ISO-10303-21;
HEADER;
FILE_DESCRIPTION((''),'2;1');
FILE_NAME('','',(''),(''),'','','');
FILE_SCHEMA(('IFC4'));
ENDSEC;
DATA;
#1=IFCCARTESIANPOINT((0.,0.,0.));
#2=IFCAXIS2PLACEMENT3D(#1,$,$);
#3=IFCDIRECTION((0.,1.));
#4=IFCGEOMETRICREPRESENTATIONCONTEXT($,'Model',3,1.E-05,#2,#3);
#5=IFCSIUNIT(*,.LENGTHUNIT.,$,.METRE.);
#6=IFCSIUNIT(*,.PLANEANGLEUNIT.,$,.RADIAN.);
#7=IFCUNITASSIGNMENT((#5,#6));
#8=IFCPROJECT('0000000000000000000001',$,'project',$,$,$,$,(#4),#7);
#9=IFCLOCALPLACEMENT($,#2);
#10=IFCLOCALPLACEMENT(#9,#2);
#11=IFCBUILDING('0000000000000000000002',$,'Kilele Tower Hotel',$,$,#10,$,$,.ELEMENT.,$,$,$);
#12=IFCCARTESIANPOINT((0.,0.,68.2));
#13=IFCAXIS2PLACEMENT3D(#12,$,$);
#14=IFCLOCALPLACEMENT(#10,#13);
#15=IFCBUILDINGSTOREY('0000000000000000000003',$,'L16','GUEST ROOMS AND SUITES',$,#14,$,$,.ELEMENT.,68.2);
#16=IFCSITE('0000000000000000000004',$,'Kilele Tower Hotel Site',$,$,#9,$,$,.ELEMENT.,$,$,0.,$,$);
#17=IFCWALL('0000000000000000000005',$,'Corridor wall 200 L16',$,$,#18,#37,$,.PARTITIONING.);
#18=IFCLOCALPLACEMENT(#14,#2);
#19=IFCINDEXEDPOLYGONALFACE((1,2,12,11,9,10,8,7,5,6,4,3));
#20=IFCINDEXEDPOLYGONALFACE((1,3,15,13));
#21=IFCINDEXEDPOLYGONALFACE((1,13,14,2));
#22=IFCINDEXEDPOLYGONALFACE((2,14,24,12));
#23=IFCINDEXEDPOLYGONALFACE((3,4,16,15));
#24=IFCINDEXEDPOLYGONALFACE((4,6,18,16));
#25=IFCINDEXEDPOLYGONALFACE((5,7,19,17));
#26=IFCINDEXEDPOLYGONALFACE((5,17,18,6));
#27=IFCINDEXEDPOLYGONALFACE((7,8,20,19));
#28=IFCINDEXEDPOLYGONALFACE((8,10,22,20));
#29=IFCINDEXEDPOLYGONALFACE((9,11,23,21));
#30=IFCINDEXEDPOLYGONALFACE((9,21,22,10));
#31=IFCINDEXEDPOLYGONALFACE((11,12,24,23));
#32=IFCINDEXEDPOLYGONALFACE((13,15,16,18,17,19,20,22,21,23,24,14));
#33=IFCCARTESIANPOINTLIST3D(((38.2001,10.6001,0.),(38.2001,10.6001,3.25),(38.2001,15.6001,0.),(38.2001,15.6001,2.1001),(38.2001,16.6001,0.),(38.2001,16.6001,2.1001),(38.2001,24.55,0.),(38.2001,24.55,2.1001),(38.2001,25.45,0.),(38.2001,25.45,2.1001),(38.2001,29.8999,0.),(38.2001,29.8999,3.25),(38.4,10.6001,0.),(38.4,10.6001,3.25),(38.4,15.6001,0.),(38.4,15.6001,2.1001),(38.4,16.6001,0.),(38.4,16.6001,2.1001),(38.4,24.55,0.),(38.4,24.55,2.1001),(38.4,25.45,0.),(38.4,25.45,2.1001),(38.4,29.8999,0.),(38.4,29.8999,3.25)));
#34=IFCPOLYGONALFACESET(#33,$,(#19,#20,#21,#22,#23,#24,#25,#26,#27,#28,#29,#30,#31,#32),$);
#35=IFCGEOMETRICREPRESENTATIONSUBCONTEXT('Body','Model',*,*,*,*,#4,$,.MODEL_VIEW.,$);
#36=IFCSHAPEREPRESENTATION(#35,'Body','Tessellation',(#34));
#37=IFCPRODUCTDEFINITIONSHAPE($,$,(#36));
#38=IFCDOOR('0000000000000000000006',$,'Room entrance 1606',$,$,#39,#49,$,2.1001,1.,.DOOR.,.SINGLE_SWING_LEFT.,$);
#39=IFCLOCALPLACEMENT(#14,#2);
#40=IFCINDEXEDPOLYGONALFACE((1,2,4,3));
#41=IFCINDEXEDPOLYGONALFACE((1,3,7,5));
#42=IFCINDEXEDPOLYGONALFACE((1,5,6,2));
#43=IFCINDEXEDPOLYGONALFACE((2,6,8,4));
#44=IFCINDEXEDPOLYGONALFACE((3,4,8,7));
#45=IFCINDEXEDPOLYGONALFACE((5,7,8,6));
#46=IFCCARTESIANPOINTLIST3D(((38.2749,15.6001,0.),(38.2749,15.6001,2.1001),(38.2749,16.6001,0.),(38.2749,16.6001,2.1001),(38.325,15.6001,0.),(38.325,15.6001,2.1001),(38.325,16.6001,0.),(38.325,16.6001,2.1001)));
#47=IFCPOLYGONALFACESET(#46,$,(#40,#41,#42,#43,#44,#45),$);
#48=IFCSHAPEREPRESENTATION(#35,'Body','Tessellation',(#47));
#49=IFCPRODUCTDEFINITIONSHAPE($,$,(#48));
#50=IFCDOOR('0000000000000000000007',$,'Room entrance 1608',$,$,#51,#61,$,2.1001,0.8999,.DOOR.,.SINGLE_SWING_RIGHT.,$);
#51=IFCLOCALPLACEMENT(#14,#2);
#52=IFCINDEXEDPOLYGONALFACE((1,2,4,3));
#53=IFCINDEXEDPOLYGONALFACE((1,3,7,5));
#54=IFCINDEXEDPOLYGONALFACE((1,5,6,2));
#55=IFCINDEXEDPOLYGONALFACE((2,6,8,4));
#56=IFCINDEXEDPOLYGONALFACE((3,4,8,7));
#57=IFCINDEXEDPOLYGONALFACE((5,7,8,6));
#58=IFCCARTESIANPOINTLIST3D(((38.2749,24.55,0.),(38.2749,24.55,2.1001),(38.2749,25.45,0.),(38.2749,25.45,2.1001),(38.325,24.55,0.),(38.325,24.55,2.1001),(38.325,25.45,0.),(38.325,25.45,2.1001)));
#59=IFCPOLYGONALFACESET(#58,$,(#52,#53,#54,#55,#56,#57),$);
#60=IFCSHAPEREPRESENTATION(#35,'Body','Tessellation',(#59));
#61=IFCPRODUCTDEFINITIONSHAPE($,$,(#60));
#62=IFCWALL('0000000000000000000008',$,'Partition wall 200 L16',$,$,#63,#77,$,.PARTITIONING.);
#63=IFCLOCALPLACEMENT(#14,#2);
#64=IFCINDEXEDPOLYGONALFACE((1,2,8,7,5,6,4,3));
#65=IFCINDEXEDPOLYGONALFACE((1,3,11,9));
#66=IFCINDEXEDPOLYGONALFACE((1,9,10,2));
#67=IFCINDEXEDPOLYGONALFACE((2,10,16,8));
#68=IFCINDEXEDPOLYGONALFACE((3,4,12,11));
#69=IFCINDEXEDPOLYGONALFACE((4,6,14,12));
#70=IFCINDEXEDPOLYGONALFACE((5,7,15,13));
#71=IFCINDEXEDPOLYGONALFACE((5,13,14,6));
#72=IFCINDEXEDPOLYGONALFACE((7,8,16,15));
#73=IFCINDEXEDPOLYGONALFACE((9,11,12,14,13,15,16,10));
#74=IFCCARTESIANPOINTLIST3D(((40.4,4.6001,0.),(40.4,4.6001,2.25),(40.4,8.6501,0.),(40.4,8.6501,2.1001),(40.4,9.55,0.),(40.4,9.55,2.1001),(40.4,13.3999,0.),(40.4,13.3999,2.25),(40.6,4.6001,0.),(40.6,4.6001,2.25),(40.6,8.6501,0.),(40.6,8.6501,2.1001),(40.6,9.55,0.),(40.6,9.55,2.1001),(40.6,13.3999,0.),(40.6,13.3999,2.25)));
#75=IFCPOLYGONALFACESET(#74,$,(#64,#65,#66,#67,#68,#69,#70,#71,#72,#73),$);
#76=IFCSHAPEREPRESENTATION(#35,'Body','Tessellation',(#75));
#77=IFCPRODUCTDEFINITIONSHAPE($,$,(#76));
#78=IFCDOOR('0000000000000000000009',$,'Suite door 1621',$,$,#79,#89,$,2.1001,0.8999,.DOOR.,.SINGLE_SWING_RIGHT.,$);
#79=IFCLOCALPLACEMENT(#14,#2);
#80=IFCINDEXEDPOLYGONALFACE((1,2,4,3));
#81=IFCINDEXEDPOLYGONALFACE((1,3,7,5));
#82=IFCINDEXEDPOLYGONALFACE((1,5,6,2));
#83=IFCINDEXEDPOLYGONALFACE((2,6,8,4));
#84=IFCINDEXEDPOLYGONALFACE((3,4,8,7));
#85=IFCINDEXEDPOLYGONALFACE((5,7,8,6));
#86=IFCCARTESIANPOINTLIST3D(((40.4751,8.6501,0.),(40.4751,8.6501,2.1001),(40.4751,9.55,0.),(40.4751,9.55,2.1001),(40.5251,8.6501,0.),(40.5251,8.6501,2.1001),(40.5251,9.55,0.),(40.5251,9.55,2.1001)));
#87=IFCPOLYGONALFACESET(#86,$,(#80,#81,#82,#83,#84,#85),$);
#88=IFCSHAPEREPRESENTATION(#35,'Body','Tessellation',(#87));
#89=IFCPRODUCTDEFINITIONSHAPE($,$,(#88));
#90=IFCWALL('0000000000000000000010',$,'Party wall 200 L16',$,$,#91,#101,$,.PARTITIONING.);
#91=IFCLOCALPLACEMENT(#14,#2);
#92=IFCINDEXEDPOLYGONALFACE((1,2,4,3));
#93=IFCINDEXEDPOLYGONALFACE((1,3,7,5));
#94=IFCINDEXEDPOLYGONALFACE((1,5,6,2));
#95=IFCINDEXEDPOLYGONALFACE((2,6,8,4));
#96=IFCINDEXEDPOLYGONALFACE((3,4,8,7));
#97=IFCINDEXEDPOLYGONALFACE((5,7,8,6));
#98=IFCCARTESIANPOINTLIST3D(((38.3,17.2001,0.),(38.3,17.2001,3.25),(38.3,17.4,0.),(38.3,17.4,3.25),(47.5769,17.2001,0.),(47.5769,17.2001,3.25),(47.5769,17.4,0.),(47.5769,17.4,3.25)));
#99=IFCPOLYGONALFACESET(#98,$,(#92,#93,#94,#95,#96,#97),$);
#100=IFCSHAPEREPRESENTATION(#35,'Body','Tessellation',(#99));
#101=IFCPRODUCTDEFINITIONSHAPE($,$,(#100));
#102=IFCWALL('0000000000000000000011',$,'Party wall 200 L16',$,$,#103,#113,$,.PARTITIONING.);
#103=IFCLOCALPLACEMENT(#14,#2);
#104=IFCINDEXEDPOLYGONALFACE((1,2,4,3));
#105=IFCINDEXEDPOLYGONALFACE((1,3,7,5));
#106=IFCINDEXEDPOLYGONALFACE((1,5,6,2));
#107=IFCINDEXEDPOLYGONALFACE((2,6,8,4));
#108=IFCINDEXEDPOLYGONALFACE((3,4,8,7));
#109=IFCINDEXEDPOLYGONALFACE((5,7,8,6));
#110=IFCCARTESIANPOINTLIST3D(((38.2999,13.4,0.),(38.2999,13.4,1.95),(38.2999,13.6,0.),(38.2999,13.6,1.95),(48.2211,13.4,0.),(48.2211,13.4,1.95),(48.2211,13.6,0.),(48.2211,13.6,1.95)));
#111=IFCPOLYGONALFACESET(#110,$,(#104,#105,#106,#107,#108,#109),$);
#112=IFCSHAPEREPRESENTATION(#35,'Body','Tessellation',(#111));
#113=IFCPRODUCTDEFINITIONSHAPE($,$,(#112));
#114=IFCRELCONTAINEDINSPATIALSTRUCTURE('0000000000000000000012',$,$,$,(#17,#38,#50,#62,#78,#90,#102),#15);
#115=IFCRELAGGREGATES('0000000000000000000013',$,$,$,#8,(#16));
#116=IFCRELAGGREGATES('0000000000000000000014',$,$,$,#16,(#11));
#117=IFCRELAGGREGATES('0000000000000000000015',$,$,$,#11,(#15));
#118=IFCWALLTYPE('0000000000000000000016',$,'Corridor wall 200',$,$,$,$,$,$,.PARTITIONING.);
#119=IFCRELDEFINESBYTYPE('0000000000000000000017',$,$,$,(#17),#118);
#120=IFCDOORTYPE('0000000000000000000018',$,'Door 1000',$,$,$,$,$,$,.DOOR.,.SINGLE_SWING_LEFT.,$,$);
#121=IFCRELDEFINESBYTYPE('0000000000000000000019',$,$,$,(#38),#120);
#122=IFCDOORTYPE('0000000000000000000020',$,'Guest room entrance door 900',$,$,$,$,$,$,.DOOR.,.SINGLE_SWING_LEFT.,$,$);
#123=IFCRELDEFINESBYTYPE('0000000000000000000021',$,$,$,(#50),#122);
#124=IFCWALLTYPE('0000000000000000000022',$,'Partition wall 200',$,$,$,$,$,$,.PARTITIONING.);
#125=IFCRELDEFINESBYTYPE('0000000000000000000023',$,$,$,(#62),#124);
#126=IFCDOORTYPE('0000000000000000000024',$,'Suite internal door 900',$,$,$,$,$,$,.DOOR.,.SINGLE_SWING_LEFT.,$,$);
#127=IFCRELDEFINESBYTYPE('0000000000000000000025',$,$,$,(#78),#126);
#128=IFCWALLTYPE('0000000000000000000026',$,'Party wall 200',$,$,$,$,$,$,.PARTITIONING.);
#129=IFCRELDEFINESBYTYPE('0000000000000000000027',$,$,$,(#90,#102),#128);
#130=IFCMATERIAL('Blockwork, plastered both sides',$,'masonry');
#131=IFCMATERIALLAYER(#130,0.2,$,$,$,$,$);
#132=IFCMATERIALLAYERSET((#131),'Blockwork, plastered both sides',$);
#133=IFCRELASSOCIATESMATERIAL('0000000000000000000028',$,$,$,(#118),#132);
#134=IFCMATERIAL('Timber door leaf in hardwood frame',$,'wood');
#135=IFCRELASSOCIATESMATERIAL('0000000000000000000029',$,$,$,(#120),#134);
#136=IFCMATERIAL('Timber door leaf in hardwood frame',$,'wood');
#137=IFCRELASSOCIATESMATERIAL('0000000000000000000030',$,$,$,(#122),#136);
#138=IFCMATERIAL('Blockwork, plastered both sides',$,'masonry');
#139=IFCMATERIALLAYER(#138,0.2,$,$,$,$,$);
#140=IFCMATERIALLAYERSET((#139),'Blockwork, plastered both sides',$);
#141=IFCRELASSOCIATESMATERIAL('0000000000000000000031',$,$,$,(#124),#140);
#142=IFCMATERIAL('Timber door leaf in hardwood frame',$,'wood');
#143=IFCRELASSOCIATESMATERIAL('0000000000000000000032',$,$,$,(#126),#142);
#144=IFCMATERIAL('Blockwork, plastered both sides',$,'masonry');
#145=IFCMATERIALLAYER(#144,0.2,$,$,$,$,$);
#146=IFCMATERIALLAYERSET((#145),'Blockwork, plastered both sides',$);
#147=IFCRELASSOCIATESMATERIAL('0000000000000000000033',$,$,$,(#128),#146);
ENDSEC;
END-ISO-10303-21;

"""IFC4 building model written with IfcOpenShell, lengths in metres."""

from ifc_helpers import new_model, si_unit, direction, frame, frame_2d, origin, place, context, subcontext, project, spatial, rectangle, extrude, material, layer, layer_set, type_object, element, fill, save


model = new_model("IFC4")

# Units and contexts
model_context = context("Model", 3, precision=1e-05, world=origin(), true_north=direction((0.0, 1.0)))
body_context = subcontext(model_context, "Body", "Model", "MODEL_VIEW")
ifc_project = project(units=[si_unit("LENGTHUNIT", "METRE"), si_unit("PLANEANGLEUNIT", "RADIAN")], contexts=[model_context])

# Site, building, storey
site_placement = place(None, origin())
site = spatial("IfcSite", under=ifc_project, at=site_placement, Name="Kilele Tower Hotel Site", CompositionType="ELEMENT", RefElevation=0.0)
building_placement = place(site_placement, origin())
building = spatial("IfcBuilding", under=site, at=building_placement, Name="Kilele Tower Hotel", CompositionType="ELEMENT")
storey_placement = place(building_placement, frame((0.0, 0.0, 68.2)))
storey = spatial("IfcBuildingStorey", under=building, at=storey_placement, Name="L16", Description="GUEST ROOMS AND SUITES", CompositionType="ELEMENT", Elevation=68.2)

# Wall, openings, doors
ifc_material_1 = material(Name="Blockwork, plastered both sides", Category="masonry")
ifc_layer_1 = layer(ifc_material_1, 0.2)
ifc_layer_set_1 = layer_set([ifc_layer_1], Name="Blockwork, plastered both sides")
wall_type_1 = type_object("IfcWallType", Name="Corridor wall 200", PredefinedType="PARTITIONING", material=ifc_layer_set_1)
wall_1_placement = place(storey_placement, frame((38.3, 10.6001, 0.0), z_axis=(0.0, 0.0, 1.0), x_axis=(0.0, 1.0, 0.0)))
wall_1 = element("IfcWall", 1, at=wall_1_placement, inside=storey, type_object=wall_type_1, Name="Corridor wall 200 L16", PredefinedType="PARTITIONING", context=body_context, shape_type="SweptSolid", body=[
    extrude(rectangle(XDim=19.2998, YDim=0.2, at=frame_2d((9.6499, 0.0))), origin(), (0.0, 0.0, 1.0), 3.25),
])
opening_1_placement = place(wall_1_placement, frame((6.0, 0.0, 0.0), z_axis=(0.0, 0.0, 1.0), x_axis=(-1.0, 0.0, 0.0)))
opening_1 = element("IfcOpeningElement", 2, at=opening_1_placement, cuts=wall_1, PredefinedType="OPENING", context=body_context, shape_type="SweptSolid", body=[
    extrude(rectangle(XDim=1.0, YDim=2.1001, at=frame_2d((0.5, 1.05))), frame((0.0, 0.1099, 0.0), z_axis=(0.0, -1.0, 0.0), x_axis=(1.0, 0.0, 0.0)), (0.0, 0.0, 1.0), 0.22),
])
opening_2_placement = place(wall_1_placement, frame((14.8499, 0.0, 0.0), z_axis=(0.0, 0.0, 1.0), x_axis=(-1.0, 0.0, 0.0)))
opening_2 = element("IfcOpeningElement", 3, at=opening_2_placement, cuts=wall_1, PredefinedType="OPENING", context=body_context, shape_type="SweptSolid", body=[
    extrude(rectangle(XDim=0.8999, YDim=2.1001, at=frame_2d((0.45, 1.05))), frame((0.0, 0.1099, 0.0), z_axis=(0.0, -1.0, 0.0), x_axis=(1.0, 0.0, 0.0)), (0.0, 0.0, 1.0), 0.22),
])
ifc_material_2 = material(Name="Timber door leaf in hardwood frame", Category="wood")
door_type_1 = type_object("IfcDoorType", Name="Door 1000", OperationType="SINGLE_SWING_LEFT", PredefinedType="DOOR", material=ifc_material_2)
door_1_placement = place(opening_1_placement, origin())
door_1 = element("IfcDoor", 4, at=door_1_placement, inside=storey, type_object=door_type_1, Name="Room entrance 1606", OperationType="SINGLE_SWING_LEFT", OverallHeight=2.1001, OverallWidth=1.0, PredefinedType="DOOR", context=body_context, shape_type="SweptSolid", body=[
    extrude(rectangle(XDim=1.0, YDim=2.1001, at=frame_2d((0.5, 1.05))), frame((0.0, 0.0249, 0.0), z_axis=(0.0, -1.0, 0.0), x_axis=(1.0, 0.0, 0.0)), (0.0, 0.0, 1.0), 0.05),
])
fill(opening_1, door_1)
ifc_material_3 = material(Name="Timber door leaf in hardwood frame", Category="wood")
door_type_2 = type_object("IfcDoorType", Name="Guest room entrance door 900", OperationType="SINGLE_SWING_LEFT", PredefinedType="DOOR", material=ifc_material_3)
door_2_placement = place(opening_2_placement, origin())
door_2 = element("IfcDoor", 5, at=door_2_placement, inside=storey, type_object=door_type_2, Name="Room entrance 1608", OperationType="SINGLE_SWING_RIGHT", OverallHeight=2.1001, OverallWidth=0.8999, PredefinedType="DOOR", context=body_context, shape_type="SweptSolid", body=[
    extrude(rectangle(XDim=0.8999, YDim=2.1001, at=frame_2d((0.45, 1.05))), frame((0.0, 0.0249, 0.0), z_axis=(0.0, -1.0, 0.0), x_axis=(1.0, 0.0, 0.0)), (0.0, 0.0, 1.0), 0.05),
])
fill(opening_2, door_2)

# Wall, opening, door
ifc_material_4 = material(Name="Blockwork, plastered both sides", Category="masonry")
ifc_layer_2 = layer(ifc_material_4, 0.2)
ifc_layer_set_2 = layer_set([ifc_layer_2], Name="Blockwork, plastered both sides")
wall_type_2 = type_object("IfcWallType", Name="Partition wall 200", PredefinedType="PARTITIONING", material=ifc_layer_set_2)
wall_2_placement = place(storey_placement, frame((40.5, 4.6001, 0.0), z_axis=(0.0, 0.0, 1.0), x_axis=(0.0, 1.0, 0.0)))
wall_2 = element("IfcWall", 6, at=wall_2_placement, inside=storey, type_object=wall_type_2, Name="Partition wall 200 L16", PredefinedType="PARTITIONING", context=body_context, shape_type="SweptSolid", body=[
    extrude(rectangle(XDim=8.7998, YDim=0.2, at=frame_2d((4.3999, 0.0))), origin(), (0.0, 0.0, 1.0), 2.25),
])
opening_3_placement = place(wall_2_placement, frame((4.05, 0.0, 0.0)))
opening_3 = element("IfcOpeningElement", 7, at=opening_3_placement, cuts=wall_2, PredefinedType="OPENING", context=body_context, shape_type="SweptSolid", body=[
    extrude(rectangle(XDim=0.8999, YDim=2.1001, at=frame_2d((0.45, 1.05))), frame((0.0, 0.1099, 0.0), z_axis=(0.0, -1.0, 0.0), x_axis=(1.0, 0.0, 0.0)), (0.0, 0.0, 1.0), 0.22),
])
ifc_material_5 = material(Name="Timber door leaf in hardwood frame", Category="wood")
door_type_3 = type_object("IfcDoorType", Name="Suite internal door 900", OperationType="SINGLE_SWING_LEFT", PredefinedType="DOOR", material=ifc_material_5)
door_3_placement = place(opening_3_placement, origin())
door_3 = element("IfcDoor", 8, at=door_3_placement, inside=storey, type_object=door_type_3, Name="Suite door 1621", OperationType="SINGLE_SWING_RIGHT", OverallHeight=2.1001, OverallWidth=0.8999, PredefinedType="DOOR", context=body_context, shape_type="SweptSolid", body=[
    extrude(rectangle(XDim=0.8999, YDim=2.1001, at=frame_2d((0.45, 1.05))), frame((0.0, 0.0249, 0.0), z_axis=(0.0, -1.0, 0.0), x_axis=(1.0, 0.0, 0.0)), (0.0, 0.0, 1.0), 0.05),
])
fill(opening_3, door_3)

# Walls
ifc_material_6 = material(Name="Blockwork, plastered both sides", Category="masonry")
ifc_layer_3 = layer(ifc_material_6, 0.2)
ifc_layer_set_3 = layer_set([ifc_layer_3], Name="Blockwork, plastered both sides")
wall_type_3 = type_object("IfcWallType", Name="Party wall 200", PredefinedType="PARTITIONING", material=ifc_layer_set_3)
wall_3_placement = place(storey_placement, frame((38.3, 17.3, 0.0), z_axis=(0.0, 0.0, 1.0), x_axis=(1.0, 0.0, 0.0)))
element("IfcWall", 9, at=wall_3_placement, inside=storey, type_object=wall_type_3, Name="Party wall 200 L16", PredefinedType="PARTITIONING", context=body_context, shape_type="SweptSolid", body=[
    extrude(rectangle(XDim=9.2769, YDim=0.2, at=frame_2d((4.6384, 0.0))), origin(), (0.0, 0.0, 1.0), 3.25),
])
wall_4_placement = place(storey_placement, frame((38.3, 13.5, 0.0), z_axis=(0.0, 0.0, 1.0), x_axis=(1.0, 0.0, 0.0)))
element("IfcWall", 10, at=wall_4_placement, inside=storey, type_object=wall_type_3, Name="Party wall 200 L16", PredefinedType="PARTITIONING", context=body_context, shape_type="SweptSolid", body=[
    extrude(rectangle(XDim=9.9211, YDim=0.2, at=frame_2d((4.9604, 0.0))), origin(), (0.0, 0.0, 1.0), 1.95),
])

save(model, "model.ifc")
